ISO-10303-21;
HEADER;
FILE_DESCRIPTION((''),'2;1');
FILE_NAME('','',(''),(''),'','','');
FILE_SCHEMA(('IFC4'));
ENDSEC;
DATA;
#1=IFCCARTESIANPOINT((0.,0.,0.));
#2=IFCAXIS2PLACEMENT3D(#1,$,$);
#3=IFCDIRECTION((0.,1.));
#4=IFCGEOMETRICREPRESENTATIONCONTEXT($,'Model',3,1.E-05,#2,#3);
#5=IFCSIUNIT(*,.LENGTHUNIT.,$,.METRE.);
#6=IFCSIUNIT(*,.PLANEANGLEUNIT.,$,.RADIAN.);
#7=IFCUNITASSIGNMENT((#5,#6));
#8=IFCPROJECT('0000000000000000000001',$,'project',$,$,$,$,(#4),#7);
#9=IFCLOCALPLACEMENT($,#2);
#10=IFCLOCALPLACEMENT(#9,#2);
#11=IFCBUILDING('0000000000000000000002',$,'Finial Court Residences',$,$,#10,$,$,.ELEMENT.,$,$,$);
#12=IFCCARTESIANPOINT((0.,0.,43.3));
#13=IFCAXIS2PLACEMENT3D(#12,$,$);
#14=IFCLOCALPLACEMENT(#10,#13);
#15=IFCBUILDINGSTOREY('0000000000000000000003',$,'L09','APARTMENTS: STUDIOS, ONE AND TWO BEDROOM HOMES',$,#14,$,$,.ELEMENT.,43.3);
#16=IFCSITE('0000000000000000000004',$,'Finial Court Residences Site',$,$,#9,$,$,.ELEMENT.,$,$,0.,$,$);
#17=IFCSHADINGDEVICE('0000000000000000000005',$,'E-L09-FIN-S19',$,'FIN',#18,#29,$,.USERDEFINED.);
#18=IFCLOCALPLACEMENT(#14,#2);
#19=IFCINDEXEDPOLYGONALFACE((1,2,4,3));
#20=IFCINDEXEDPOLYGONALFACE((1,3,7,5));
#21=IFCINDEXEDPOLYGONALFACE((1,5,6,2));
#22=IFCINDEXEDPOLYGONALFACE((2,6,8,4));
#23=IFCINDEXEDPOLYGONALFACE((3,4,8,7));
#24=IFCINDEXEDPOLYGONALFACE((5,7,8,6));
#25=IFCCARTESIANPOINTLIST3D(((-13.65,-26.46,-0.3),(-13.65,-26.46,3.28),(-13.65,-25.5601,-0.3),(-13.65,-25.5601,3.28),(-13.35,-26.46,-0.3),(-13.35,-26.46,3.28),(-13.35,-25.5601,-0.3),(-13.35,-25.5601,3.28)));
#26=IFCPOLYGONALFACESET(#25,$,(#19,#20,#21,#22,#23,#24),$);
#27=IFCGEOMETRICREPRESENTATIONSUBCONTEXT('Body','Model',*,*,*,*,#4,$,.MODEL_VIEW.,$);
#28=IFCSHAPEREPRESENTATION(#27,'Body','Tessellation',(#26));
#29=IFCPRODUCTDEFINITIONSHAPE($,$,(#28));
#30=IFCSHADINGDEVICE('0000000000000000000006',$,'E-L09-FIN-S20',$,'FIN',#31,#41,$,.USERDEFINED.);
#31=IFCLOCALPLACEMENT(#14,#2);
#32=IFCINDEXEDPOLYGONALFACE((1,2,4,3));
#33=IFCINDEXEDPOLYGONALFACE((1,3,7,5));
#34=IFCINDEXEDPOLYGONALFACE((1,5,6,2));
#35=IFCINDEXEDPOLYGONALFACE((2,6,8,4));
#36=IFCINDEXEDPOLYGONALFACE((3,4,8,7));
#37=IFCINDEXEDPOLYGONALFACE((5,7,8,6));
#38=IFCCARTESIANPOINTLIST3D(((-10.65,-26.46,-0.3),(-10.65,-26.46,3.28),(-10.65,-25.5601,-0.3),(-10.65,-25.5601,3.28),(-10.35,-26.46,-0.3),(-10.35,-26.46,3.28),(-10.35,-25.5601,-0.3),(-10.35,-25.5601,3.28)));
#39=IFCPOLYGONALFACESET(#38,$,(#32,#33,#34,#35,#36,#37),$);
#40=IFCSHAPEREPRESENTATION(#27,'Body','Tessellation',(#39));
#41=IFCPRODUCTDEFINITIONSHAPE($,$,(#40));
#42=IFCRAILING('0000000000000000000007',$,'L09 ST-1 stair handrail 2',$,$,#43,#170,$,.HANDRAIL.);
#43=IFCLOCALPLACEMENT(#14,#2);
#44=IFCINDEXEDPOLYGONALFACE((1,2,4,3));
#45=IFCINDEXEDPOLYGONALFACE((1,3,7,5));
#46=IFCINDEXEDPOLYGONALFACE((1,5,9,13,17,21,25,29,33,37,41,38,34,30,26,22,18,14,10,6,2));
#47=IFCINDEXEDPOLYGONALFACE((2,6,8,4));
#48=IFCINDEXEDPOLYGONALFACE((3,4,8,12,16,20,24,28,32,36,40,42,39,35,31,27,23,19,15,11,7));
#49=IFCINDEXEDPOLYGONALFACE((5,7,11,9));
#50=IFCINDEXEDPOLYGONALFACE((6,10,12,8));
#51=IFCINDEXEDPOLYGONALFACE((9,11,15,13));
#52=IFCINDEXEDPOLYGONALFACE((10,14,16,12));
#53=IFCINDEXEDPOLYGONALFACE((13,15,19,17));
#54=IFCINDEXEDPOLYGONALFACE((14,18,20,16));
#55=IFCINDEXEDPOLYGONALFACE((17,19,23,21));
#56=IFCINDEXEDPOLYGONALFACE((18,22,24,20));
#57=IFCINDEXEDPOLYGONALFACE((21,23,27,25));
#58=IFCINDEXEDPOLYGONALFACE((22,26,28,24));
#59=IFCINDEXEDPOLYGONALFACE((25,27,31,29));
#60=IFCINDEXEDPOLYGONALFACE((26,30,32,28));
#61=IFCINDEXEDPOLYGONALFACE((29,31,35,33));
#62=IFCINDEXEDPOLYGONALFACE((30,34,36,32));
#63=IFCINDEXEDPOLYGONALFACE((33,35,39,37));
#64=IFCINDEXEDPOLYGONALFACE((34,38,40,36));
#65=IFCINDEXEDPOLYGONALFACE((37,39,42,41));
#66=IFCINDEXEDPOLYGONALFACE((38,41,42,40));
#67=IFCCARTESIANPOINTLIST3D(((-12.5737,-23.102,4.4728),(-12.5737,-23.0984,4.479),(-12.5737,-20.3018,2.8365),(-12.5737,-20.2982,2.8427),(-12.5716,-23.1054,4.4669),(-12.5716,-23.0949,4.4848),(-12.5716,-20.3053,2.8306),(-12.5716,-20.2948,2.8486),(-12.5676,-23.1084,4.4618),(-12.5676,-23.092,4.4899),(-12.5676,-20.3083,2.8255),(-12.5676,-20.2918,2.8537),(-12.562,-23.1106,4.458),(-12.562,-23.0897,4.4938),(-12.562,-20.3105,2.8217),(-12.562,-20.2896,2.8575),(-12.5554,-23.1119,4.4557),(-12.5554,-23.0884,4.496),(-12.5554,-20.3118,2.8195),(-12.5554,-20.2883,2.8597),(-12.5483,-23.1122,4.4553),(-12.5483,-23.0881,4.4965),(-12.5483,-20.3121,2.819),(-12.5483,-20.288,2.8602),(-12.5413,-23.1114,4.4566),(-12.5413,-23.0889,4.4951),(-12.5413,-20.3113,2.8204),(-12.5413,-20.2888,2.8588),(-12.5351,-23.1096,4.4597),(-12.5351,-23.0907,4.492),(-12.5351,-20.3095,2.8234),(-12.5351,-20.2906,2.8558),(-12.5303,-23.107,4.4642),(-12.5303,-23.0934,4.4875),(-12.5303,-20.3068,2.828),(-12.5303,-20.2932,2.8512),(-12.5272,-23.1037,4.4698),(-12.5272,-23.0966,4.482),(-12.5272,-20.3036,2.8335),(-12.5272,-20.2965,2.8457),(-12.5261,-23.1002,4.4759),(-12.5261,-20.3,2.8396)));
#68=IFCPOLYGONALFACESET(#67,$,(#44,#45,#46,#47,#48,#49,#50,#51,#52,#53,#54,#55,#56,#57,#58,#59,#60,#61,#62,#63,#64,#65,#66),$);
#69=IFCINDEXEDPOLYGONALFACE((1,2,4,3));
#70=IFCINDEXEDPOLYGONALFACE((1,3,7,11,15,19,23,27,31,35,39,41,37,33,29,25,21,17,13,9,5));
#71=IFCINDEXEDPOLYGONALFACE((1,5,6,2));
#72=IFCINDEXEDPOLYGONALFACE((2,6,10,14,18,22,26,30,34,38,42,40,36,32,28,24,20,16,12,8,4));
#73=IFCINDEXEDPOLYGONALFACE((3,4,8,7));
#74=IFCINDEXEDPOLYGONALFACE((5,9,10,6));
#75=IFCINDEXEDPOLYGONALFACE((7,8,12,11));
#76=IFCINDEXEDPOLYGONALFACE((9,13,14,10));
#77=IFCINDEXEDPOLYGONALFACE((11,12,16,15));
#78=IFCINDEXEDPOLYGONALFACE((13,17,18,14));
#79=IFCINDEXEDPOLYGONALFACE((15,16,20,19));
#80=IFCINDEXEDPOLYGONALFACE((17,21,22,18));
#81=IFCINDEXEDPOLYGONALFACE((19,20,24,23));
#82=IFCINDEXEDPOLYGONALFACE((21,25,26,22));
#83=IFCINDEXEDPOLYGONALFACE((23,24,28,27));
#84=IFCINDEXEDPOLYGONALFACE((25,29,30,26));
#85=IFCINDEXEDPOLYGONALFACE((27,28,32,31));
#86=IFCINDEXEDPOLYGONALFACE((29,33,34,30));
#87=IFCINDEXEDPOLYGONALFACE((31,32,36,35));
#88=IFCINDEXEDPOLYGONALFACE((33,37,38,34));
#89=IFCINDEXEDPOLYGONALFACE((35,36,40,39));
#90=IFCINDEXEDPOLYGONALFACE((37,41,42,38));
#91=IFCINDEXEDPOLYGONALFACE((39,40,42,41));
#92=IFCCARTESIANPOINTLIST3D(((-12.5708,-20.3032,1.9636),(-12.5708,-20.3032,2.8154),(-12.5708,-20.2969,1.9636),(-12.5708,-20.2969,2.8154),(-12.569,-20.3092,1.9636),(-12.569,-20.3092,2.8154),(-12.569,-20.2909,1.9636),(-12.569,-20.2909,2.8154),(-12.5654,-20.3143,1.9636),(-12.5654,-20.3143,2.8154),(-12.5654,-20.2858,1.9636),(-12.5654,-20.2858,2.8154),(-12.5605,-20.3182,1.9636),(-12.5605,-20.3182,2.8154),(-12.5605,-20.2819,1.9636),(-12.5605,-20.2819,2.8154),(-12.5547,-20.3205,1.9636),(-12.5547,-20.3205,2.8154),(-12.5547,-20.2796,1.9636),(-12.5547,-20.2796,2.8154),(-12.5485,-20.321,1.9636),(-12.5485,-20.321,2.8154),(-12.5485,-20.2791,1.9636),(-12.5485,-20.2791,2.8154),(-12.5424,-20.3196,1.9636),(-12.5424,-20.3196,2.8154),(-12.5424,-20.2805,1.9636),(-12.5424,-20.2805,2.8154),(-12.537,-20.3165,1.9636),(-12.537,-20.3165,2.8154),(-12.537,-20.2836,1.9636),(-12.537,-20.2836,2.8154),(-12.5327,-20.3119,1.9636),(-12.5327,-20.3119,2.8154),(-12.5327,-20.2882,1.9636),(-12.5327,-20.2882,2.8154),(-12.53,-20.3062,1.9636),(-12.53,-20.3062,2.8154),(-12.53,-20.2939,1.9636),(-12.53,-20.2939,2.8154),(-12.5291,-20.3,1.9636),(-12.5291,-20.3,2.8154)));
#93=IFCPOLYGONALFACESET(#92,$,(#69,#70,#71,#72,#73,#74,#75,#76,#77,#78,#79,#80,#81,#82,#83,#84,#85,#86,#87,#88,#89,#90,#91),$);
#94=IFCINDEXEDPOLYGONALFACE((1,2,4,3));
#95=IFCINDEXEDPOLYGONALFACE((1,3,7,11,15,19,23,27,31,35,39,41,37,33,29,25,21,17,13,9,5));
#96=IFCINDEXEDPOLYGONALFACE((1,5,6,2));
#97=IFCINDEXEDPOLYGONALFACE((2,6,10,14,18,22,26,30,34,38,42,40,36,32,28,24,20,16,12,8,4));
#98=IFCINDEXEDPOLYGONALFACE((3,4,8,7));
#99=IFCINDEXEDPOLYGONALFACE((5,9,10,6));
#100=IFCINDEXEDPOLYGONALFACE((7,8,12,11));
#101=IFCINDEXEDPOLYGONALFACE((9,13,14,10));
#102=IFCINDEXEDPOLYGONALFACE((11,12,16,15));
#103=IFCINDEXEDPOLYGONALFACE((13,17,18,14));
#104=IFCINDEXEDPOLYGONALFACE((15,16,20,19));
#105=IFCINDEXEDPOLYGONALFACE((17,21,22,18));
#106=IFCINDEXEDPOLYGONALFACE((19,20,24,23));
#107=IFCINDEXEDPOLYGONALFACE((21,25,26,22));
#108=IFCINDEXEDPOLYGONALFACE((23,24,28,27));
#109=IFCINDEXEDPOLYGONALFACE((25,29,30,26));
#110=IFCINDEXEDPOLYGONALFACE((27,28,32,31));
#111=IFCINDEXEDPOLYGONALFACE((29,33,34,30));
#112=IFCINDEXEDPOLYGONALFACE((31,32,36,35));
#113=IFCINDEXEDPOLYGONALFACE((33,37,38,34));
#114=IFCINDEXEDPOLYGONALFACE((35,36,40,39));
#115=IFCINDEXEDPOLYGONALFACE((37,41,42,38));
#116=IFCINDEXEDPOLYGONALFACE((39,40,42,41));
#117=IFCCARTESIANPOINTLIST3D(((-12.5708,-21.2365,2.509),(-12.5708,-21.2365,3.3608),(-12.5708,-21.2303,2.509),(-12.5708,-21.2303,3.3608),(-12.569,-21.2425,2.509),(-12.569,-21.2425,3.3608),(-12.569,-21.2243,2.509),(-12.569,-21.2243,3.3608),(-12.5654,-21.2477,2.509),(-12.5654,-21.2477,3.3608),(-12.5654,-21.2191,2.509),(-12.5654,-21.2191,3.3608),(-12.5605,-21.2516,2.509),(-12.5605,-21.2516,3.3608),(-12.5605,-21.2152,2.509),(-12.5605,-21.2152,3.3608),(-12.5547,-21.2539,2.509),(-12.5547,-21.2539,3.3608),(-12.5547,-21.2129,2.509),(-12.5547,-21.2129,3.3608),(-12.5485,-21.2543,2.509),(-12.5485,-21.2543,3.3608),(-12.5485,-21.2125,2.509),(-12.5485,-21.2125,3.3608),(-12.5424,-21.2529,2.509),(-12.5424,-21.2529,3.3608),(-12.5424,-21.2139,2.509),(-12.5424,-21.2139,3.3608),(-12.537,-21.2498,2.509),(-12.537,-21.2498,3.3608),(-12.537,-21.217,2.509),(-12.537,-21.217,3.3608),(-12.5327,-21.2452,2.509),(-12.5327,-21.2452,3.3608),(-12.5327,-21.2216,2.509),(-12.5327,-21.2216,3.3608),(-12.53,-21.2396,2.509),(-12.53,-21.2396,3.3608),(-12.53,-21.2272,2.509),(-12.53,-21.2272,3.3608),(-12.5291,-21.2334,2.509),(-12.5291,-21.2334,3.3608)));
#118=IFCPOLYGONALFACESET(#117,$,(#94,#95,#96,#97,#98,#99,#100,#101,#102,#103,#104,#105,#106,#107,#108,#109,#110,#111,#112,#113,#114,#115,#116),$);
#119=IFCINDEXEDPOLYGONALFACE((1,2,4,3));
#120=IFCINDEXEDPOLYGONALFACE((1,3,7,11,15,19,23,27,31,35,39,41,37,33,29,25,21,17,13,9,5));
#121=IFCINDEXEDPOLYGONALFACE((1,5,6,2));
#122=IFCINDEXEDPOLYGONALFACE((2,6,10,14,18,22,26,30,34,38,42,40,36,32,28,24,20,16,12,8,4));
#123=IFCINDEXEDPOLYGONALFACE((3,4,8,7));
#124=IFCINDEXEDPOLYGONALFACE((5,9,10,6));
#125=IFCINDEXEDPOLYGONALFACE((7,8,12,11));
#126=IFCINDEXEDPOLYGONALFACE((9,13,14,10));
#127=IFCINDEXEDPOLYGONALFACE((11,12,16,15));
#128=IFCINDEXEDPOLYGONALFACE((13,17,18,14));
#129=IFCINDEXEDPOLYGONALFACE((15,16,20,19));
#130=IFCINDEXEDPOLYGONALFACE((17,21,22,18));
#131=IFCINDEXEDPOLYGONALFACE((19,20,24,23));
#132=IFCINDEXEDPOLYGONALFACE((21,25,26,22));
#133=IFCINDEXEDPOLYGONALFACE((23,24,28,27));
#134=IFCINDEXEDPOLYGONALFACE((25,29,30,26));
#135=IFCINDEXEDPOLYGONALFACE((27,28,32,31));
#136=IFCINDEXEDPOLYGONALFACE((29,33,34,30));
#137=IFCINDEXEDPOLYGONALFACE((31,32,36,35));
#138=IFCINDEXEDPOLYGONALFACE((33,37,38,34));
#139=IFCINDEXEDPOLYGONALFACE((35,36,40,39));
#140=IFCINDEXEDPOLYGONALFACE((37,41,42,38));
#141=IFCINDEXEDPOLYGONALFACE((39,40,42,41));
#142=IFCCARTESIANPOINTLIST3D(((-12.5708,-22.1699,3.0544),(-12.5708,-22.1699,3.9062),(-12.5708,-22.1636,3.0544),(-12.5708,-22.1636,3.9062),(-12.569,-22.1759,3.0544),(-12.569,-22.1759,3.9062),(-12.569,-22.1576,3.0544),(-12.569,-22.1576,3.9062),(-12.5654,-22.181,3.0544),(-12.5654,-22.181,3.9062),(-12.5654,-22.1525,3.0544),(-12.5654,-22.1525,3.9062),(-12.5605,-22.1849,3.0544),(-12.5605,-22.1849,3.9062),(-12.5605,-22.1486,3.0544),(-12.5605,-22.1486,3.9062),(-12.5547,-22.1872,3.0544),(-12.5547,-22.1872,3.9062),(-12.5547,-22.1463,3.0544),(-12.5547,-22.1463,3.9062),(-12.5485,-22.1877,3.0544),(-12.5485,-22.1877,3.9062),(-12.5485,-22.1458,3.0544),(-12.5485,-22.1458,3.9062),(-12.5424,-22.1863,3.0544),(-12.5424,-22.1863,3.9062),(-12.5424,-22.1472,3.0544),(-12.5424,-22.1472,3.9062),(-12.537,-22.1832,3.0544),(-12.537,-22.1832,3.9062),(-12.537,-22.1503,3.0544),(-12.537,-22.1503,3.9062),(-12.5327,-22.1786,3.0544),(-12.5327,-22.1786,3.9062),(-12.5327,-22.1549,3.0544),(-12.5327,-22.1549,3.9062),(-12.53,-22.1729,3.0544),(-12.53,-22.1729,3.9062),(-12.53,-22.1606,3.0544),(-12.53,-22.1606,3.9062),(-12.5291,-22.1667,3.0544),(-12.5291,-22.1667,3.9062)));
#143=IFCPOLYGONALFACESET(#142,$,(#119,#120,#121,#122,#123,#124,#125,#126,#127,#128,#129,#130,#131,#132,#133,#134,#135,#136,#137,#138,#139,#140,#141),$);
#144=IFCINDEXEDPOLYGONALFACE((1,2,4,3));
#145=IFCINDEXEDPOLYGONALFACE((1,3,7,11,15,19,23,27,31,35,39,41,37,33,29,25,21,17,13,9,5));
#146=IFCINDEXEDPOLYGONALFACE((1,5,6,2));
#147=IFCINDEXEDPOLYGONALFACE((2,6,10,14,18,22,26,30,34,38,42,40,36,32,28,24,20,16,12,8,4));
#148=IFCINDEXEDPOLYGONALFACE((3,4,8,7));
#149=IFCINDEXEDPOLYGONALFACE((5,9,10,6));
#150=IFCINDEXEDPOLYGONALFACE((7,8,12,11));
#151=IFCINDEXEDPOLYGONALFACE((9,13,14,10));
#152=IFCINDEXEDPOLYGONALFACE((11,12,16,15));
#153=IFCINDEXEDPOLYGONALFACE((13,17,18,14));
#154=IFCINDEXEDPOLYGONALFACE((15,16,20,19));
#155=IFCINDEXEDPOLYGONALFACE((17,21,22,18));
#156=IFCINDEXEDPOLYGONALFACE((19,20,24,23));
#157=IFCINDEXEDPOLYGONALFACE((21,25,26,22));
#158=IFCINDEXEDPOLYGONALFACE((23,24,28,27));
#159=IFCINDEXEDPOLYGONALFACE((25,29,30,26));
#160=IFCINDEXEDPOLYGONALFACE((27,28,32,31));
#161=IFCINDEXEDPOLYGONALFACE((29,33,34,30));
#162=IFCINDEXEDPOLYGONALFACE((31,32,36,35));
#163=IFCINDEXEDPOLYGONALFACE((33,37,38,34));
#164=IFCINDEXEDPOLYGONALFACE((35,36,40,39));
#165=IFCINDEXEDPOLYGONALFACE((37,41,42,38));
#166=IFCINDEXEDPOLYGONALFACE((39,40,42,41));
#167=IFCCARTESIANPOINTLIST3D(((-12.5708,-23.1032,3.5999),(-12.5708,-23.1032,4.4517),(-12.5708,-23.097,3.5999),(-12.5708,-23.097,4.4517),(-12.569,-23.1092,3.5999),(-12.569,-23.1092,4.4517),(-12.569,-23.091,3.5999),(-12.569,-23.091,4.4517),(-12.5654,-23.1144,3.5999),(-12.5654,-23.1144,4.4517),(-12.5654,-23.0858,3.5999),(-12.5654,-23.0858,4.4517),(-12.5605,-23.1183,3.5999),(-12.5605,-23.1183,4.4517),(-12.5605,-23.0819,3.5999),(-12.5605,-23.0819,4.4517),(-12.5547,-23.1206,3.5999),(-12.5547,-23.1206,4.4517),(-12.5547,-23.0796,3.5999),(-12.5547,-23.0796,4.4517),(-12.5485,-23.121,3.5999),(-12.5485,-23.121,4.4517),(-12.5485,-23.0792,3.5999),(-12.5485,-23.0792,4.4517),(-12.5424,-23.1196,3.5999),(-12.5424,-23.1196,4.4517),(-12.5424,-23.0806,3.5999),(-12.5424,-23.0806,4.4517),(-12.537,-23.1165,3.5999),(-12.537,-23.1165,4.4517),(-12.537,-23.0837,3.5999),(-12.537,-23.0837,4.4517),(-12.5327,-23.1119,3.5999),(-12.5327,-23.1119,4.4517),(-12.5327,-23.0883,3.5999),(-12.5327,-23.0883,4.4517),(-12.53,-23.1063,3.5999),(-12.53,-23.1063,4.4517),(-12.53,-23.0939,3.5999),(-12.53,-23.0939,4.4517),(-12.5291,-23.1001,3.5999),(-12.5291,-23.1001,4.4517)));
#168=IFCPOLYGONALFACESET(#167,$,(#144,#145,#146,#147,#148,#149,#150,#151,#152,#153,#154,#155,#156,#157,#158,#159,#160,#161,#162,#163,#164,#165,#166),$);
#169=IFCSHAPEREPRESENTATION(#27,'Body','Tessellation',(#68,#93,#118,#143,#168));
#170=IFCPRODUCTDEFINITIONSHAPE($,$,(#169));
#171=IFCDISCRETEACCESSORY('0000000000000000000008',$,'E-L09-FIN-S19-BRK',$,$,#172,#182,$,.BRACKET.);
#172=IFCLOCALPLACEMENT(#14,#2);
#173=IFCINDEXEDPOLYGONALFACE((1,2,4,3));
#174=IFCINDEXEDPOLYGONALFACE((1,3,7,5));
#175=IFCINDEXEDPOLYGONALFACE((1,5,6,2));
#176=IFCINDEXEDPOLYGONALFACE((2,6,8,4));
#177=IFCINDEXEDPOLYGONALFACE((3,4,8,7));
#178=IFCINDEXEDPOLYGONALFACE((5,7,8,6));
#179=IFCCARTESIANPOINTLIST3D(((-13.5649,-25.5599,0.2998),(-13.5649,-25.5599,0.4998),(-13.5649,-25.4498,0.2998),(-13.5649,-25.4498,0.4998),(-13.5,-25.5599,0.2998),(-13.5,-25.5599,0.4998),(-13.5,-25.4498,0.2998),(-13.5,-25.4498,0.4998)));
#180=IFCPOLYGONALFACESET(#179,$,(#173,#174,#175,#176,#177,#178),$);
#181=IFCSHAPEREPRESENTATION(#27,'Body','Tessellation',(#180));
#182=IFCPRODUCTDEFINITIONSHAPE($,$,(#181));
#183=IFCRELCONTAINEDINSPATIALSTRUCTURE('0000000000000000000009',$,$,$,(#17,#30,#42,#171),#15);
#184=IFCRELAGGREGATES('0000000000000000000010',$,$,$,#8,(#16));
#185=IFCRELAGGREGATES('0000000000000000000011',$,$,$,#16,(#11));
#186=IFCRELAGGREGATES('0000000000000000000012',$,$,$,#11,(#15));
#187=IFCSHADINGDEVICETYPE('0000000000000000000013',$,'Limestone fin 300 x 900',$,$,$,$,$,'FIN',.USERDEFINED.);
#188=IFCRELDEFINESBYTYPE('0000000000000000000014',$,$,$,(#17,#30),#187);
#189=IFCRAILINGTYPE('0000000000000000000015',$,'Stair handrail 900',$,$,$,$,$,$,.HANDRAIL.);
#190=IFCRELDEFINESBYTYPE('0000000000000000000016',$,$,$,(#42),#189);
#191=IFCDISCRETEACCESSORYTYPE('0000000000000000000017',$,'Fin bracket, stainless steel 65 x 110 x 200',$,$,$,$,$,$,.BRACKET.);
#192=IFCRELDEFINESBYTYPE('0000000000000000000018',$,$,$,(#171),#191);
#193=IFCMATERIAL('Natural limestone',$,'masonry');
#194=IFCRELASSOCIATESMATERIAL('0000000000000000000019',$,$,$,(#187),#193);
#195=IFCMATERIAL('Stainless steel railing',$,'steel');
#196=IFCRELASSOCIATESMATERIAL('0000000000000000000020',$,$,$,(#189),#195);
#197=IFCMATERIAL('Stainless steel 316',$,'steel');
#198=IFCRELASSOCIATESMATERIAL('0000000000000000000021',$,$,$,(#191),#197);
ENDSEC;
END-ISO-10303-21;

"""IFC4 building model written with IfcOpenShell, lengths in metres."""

from ifc_helpers import new_model, si_unit, direction, frame, origin, origin_2d, place, context, subcontext, project, spatial, rectangle, circle, extrude, material, type_object, element, save


model = new_model("IFC4")

# Units and contexts
model_context = context("Model", 3, precision=1e-05, world=origin(), true_north=direction((0.0, 1.0)))
body_context = subcontext(model_context, "Body", "Model", "MODEL_VIEW")
ifc_project = project(units=[si_unit("LENGTHUNIT", "METRE"), si_unit("PLANEANGLEUNIT", "RADIAN")], contexts=[model_context])

# Site, building, storey
site_placement = place(None, origin())
site = spatial("IfcSite", under=ifc_project, at=site_placement, Name="Finial Court Residences Site", CompositionType="ELEMENT", RefElevation=0.0)
building_placement = place(site_placement, origin())
building = spatial("IfcBuilding", under=site, at=building_placement, Name="Finial Court Residences", CompositionType="ELEMENT")
storey_placement = place(building_placement, frame((0.0, 0.0, 43.3)))
storey = spatial("IfcBuildingStorey", under=building, at=storey_placement, Name="L09", Description="APARTMENTS: STUDIOS, ONE AND TWO BEDROOM HOMES", CompositionType="ELEMENT", Elevation=43.3)

# Shading devices
ifc_material_1 = material(Name="Natural limestone", Category="masonry")
shading_device_type = type_object("IfcShadingDeviceType", Name="Limestone fin 300 x 900", ElementType="FIN", PredefinedType="USERDEFINED", material=ifc_material_1)
for number, where, z_axis, x_axis, name in (
    (1, (-13.5, -26.01, -0.3), (0.0, 0.0, 1.0), (1.0, 0.0, 0.0), "E-L09-FIN-S19"),
    (2, (-10.5, -26.01, -0.3), (0.0, 0.0, 1.0), (1.0, 0.0, 0.0), "E-L09-FIN-S20"),
):
    element("IfcShadingDevice", number, at=place(storey_placement, frame(where, z_axis=z_axis, x_axis=x_axis)), inside=storey, type_object=shading_device_type, Name=name, ObjectType="FIN", PredefinedType="USERDEFINED", context=body_context, shape_type="SweptSolid", body=[
        extrude(rectangle(XDim=0.3, YDim=0.8999, at=origin_2d()), origin(), (0.0, 0.0, 1.0), 3.5801),
    ])

# Railing
ifc_material_2 = material(Name="Stainless steel railing", Category="steel")
railing_type_1 = type_object("IfcRailingType", Name="Stair handrail 900", PredefinedType="HANDRAIL", material=ifc_material_2)
railing_1_placement = place(storey_placement, frame((-12.55, -20.3, 1.9636)))
element("IfcRailing", 3, at=railing_1_placement, inside=storey, type_object=railing_type_1, Name="L09 ST-1 stair handrail 2", PredefinedType="HANDRAIL", context=body_context, shape_type="SweptSolid", body=[
    extrude(circle(Radius=0.0239, at=origin_2d()), frame((0.0, 0.0, 0.876), z_axis=(0.0, -0.863394, 0.504531), x_axis=(1.0, 0.0, 0.0)), (0.0, 0.0, 1.0), 3.2432),
    extrude(circle(Radius=0.021, at=origin_2d()), origin(), (0.0, 0.0, 1.0), 0.8518),
    extrude(circle(Radius=0.021, at=origin_2d()), frame((0.0, -0.9333, 0.5454)), (0.0, 0.0, 1.0), 0.8518),
    extrude(circle(Radius=0.021, at=origin_2d()), frame((0.0, -1.8667, 1.0908)), (0.0, 0.0, 1.0), 0.8518),
    extrude(circle(Radius=0.021, at=origin_2d()), frame((0.0, -2.8, 1.6362)), (0.0, 0.0, 1.0), 0.8518),
])

# Discrete accessory
ifc_material_3 = material(Name="Stainless steel 316", Category="steel")
discrete_accessory_type = type_object("IfcDiscreteAccessoryType", Name="Fin bracket, stainless steel 65 x 110 x 200", PredefinedType="BRACKET", material=ifc_material_3)
discrete_accessory_placement = place(storey_placement, frame((-13.5325, -25.5049, 0.2998), z_axis=(0.0, 0.0, 1.0), x_axis=(1.0, 0.0, 0.0)))
element("IfcDiscreteAccessory", 4, at=discrete_accessory_placement, inside=storey, type_object=discrete_accessory_type, Name="E-L09-FIN-S19-BRK", PredefinedType="BRACKET", context=body_context, shape_type="SweptSolid", body=[
    extrude(rectangle(XDim=0.0649, YDim=0.1101, at=origin_2d()), origin(), (0.0, 0.0, 1.0), 0.2),
])

save(model, "model.ifc")
